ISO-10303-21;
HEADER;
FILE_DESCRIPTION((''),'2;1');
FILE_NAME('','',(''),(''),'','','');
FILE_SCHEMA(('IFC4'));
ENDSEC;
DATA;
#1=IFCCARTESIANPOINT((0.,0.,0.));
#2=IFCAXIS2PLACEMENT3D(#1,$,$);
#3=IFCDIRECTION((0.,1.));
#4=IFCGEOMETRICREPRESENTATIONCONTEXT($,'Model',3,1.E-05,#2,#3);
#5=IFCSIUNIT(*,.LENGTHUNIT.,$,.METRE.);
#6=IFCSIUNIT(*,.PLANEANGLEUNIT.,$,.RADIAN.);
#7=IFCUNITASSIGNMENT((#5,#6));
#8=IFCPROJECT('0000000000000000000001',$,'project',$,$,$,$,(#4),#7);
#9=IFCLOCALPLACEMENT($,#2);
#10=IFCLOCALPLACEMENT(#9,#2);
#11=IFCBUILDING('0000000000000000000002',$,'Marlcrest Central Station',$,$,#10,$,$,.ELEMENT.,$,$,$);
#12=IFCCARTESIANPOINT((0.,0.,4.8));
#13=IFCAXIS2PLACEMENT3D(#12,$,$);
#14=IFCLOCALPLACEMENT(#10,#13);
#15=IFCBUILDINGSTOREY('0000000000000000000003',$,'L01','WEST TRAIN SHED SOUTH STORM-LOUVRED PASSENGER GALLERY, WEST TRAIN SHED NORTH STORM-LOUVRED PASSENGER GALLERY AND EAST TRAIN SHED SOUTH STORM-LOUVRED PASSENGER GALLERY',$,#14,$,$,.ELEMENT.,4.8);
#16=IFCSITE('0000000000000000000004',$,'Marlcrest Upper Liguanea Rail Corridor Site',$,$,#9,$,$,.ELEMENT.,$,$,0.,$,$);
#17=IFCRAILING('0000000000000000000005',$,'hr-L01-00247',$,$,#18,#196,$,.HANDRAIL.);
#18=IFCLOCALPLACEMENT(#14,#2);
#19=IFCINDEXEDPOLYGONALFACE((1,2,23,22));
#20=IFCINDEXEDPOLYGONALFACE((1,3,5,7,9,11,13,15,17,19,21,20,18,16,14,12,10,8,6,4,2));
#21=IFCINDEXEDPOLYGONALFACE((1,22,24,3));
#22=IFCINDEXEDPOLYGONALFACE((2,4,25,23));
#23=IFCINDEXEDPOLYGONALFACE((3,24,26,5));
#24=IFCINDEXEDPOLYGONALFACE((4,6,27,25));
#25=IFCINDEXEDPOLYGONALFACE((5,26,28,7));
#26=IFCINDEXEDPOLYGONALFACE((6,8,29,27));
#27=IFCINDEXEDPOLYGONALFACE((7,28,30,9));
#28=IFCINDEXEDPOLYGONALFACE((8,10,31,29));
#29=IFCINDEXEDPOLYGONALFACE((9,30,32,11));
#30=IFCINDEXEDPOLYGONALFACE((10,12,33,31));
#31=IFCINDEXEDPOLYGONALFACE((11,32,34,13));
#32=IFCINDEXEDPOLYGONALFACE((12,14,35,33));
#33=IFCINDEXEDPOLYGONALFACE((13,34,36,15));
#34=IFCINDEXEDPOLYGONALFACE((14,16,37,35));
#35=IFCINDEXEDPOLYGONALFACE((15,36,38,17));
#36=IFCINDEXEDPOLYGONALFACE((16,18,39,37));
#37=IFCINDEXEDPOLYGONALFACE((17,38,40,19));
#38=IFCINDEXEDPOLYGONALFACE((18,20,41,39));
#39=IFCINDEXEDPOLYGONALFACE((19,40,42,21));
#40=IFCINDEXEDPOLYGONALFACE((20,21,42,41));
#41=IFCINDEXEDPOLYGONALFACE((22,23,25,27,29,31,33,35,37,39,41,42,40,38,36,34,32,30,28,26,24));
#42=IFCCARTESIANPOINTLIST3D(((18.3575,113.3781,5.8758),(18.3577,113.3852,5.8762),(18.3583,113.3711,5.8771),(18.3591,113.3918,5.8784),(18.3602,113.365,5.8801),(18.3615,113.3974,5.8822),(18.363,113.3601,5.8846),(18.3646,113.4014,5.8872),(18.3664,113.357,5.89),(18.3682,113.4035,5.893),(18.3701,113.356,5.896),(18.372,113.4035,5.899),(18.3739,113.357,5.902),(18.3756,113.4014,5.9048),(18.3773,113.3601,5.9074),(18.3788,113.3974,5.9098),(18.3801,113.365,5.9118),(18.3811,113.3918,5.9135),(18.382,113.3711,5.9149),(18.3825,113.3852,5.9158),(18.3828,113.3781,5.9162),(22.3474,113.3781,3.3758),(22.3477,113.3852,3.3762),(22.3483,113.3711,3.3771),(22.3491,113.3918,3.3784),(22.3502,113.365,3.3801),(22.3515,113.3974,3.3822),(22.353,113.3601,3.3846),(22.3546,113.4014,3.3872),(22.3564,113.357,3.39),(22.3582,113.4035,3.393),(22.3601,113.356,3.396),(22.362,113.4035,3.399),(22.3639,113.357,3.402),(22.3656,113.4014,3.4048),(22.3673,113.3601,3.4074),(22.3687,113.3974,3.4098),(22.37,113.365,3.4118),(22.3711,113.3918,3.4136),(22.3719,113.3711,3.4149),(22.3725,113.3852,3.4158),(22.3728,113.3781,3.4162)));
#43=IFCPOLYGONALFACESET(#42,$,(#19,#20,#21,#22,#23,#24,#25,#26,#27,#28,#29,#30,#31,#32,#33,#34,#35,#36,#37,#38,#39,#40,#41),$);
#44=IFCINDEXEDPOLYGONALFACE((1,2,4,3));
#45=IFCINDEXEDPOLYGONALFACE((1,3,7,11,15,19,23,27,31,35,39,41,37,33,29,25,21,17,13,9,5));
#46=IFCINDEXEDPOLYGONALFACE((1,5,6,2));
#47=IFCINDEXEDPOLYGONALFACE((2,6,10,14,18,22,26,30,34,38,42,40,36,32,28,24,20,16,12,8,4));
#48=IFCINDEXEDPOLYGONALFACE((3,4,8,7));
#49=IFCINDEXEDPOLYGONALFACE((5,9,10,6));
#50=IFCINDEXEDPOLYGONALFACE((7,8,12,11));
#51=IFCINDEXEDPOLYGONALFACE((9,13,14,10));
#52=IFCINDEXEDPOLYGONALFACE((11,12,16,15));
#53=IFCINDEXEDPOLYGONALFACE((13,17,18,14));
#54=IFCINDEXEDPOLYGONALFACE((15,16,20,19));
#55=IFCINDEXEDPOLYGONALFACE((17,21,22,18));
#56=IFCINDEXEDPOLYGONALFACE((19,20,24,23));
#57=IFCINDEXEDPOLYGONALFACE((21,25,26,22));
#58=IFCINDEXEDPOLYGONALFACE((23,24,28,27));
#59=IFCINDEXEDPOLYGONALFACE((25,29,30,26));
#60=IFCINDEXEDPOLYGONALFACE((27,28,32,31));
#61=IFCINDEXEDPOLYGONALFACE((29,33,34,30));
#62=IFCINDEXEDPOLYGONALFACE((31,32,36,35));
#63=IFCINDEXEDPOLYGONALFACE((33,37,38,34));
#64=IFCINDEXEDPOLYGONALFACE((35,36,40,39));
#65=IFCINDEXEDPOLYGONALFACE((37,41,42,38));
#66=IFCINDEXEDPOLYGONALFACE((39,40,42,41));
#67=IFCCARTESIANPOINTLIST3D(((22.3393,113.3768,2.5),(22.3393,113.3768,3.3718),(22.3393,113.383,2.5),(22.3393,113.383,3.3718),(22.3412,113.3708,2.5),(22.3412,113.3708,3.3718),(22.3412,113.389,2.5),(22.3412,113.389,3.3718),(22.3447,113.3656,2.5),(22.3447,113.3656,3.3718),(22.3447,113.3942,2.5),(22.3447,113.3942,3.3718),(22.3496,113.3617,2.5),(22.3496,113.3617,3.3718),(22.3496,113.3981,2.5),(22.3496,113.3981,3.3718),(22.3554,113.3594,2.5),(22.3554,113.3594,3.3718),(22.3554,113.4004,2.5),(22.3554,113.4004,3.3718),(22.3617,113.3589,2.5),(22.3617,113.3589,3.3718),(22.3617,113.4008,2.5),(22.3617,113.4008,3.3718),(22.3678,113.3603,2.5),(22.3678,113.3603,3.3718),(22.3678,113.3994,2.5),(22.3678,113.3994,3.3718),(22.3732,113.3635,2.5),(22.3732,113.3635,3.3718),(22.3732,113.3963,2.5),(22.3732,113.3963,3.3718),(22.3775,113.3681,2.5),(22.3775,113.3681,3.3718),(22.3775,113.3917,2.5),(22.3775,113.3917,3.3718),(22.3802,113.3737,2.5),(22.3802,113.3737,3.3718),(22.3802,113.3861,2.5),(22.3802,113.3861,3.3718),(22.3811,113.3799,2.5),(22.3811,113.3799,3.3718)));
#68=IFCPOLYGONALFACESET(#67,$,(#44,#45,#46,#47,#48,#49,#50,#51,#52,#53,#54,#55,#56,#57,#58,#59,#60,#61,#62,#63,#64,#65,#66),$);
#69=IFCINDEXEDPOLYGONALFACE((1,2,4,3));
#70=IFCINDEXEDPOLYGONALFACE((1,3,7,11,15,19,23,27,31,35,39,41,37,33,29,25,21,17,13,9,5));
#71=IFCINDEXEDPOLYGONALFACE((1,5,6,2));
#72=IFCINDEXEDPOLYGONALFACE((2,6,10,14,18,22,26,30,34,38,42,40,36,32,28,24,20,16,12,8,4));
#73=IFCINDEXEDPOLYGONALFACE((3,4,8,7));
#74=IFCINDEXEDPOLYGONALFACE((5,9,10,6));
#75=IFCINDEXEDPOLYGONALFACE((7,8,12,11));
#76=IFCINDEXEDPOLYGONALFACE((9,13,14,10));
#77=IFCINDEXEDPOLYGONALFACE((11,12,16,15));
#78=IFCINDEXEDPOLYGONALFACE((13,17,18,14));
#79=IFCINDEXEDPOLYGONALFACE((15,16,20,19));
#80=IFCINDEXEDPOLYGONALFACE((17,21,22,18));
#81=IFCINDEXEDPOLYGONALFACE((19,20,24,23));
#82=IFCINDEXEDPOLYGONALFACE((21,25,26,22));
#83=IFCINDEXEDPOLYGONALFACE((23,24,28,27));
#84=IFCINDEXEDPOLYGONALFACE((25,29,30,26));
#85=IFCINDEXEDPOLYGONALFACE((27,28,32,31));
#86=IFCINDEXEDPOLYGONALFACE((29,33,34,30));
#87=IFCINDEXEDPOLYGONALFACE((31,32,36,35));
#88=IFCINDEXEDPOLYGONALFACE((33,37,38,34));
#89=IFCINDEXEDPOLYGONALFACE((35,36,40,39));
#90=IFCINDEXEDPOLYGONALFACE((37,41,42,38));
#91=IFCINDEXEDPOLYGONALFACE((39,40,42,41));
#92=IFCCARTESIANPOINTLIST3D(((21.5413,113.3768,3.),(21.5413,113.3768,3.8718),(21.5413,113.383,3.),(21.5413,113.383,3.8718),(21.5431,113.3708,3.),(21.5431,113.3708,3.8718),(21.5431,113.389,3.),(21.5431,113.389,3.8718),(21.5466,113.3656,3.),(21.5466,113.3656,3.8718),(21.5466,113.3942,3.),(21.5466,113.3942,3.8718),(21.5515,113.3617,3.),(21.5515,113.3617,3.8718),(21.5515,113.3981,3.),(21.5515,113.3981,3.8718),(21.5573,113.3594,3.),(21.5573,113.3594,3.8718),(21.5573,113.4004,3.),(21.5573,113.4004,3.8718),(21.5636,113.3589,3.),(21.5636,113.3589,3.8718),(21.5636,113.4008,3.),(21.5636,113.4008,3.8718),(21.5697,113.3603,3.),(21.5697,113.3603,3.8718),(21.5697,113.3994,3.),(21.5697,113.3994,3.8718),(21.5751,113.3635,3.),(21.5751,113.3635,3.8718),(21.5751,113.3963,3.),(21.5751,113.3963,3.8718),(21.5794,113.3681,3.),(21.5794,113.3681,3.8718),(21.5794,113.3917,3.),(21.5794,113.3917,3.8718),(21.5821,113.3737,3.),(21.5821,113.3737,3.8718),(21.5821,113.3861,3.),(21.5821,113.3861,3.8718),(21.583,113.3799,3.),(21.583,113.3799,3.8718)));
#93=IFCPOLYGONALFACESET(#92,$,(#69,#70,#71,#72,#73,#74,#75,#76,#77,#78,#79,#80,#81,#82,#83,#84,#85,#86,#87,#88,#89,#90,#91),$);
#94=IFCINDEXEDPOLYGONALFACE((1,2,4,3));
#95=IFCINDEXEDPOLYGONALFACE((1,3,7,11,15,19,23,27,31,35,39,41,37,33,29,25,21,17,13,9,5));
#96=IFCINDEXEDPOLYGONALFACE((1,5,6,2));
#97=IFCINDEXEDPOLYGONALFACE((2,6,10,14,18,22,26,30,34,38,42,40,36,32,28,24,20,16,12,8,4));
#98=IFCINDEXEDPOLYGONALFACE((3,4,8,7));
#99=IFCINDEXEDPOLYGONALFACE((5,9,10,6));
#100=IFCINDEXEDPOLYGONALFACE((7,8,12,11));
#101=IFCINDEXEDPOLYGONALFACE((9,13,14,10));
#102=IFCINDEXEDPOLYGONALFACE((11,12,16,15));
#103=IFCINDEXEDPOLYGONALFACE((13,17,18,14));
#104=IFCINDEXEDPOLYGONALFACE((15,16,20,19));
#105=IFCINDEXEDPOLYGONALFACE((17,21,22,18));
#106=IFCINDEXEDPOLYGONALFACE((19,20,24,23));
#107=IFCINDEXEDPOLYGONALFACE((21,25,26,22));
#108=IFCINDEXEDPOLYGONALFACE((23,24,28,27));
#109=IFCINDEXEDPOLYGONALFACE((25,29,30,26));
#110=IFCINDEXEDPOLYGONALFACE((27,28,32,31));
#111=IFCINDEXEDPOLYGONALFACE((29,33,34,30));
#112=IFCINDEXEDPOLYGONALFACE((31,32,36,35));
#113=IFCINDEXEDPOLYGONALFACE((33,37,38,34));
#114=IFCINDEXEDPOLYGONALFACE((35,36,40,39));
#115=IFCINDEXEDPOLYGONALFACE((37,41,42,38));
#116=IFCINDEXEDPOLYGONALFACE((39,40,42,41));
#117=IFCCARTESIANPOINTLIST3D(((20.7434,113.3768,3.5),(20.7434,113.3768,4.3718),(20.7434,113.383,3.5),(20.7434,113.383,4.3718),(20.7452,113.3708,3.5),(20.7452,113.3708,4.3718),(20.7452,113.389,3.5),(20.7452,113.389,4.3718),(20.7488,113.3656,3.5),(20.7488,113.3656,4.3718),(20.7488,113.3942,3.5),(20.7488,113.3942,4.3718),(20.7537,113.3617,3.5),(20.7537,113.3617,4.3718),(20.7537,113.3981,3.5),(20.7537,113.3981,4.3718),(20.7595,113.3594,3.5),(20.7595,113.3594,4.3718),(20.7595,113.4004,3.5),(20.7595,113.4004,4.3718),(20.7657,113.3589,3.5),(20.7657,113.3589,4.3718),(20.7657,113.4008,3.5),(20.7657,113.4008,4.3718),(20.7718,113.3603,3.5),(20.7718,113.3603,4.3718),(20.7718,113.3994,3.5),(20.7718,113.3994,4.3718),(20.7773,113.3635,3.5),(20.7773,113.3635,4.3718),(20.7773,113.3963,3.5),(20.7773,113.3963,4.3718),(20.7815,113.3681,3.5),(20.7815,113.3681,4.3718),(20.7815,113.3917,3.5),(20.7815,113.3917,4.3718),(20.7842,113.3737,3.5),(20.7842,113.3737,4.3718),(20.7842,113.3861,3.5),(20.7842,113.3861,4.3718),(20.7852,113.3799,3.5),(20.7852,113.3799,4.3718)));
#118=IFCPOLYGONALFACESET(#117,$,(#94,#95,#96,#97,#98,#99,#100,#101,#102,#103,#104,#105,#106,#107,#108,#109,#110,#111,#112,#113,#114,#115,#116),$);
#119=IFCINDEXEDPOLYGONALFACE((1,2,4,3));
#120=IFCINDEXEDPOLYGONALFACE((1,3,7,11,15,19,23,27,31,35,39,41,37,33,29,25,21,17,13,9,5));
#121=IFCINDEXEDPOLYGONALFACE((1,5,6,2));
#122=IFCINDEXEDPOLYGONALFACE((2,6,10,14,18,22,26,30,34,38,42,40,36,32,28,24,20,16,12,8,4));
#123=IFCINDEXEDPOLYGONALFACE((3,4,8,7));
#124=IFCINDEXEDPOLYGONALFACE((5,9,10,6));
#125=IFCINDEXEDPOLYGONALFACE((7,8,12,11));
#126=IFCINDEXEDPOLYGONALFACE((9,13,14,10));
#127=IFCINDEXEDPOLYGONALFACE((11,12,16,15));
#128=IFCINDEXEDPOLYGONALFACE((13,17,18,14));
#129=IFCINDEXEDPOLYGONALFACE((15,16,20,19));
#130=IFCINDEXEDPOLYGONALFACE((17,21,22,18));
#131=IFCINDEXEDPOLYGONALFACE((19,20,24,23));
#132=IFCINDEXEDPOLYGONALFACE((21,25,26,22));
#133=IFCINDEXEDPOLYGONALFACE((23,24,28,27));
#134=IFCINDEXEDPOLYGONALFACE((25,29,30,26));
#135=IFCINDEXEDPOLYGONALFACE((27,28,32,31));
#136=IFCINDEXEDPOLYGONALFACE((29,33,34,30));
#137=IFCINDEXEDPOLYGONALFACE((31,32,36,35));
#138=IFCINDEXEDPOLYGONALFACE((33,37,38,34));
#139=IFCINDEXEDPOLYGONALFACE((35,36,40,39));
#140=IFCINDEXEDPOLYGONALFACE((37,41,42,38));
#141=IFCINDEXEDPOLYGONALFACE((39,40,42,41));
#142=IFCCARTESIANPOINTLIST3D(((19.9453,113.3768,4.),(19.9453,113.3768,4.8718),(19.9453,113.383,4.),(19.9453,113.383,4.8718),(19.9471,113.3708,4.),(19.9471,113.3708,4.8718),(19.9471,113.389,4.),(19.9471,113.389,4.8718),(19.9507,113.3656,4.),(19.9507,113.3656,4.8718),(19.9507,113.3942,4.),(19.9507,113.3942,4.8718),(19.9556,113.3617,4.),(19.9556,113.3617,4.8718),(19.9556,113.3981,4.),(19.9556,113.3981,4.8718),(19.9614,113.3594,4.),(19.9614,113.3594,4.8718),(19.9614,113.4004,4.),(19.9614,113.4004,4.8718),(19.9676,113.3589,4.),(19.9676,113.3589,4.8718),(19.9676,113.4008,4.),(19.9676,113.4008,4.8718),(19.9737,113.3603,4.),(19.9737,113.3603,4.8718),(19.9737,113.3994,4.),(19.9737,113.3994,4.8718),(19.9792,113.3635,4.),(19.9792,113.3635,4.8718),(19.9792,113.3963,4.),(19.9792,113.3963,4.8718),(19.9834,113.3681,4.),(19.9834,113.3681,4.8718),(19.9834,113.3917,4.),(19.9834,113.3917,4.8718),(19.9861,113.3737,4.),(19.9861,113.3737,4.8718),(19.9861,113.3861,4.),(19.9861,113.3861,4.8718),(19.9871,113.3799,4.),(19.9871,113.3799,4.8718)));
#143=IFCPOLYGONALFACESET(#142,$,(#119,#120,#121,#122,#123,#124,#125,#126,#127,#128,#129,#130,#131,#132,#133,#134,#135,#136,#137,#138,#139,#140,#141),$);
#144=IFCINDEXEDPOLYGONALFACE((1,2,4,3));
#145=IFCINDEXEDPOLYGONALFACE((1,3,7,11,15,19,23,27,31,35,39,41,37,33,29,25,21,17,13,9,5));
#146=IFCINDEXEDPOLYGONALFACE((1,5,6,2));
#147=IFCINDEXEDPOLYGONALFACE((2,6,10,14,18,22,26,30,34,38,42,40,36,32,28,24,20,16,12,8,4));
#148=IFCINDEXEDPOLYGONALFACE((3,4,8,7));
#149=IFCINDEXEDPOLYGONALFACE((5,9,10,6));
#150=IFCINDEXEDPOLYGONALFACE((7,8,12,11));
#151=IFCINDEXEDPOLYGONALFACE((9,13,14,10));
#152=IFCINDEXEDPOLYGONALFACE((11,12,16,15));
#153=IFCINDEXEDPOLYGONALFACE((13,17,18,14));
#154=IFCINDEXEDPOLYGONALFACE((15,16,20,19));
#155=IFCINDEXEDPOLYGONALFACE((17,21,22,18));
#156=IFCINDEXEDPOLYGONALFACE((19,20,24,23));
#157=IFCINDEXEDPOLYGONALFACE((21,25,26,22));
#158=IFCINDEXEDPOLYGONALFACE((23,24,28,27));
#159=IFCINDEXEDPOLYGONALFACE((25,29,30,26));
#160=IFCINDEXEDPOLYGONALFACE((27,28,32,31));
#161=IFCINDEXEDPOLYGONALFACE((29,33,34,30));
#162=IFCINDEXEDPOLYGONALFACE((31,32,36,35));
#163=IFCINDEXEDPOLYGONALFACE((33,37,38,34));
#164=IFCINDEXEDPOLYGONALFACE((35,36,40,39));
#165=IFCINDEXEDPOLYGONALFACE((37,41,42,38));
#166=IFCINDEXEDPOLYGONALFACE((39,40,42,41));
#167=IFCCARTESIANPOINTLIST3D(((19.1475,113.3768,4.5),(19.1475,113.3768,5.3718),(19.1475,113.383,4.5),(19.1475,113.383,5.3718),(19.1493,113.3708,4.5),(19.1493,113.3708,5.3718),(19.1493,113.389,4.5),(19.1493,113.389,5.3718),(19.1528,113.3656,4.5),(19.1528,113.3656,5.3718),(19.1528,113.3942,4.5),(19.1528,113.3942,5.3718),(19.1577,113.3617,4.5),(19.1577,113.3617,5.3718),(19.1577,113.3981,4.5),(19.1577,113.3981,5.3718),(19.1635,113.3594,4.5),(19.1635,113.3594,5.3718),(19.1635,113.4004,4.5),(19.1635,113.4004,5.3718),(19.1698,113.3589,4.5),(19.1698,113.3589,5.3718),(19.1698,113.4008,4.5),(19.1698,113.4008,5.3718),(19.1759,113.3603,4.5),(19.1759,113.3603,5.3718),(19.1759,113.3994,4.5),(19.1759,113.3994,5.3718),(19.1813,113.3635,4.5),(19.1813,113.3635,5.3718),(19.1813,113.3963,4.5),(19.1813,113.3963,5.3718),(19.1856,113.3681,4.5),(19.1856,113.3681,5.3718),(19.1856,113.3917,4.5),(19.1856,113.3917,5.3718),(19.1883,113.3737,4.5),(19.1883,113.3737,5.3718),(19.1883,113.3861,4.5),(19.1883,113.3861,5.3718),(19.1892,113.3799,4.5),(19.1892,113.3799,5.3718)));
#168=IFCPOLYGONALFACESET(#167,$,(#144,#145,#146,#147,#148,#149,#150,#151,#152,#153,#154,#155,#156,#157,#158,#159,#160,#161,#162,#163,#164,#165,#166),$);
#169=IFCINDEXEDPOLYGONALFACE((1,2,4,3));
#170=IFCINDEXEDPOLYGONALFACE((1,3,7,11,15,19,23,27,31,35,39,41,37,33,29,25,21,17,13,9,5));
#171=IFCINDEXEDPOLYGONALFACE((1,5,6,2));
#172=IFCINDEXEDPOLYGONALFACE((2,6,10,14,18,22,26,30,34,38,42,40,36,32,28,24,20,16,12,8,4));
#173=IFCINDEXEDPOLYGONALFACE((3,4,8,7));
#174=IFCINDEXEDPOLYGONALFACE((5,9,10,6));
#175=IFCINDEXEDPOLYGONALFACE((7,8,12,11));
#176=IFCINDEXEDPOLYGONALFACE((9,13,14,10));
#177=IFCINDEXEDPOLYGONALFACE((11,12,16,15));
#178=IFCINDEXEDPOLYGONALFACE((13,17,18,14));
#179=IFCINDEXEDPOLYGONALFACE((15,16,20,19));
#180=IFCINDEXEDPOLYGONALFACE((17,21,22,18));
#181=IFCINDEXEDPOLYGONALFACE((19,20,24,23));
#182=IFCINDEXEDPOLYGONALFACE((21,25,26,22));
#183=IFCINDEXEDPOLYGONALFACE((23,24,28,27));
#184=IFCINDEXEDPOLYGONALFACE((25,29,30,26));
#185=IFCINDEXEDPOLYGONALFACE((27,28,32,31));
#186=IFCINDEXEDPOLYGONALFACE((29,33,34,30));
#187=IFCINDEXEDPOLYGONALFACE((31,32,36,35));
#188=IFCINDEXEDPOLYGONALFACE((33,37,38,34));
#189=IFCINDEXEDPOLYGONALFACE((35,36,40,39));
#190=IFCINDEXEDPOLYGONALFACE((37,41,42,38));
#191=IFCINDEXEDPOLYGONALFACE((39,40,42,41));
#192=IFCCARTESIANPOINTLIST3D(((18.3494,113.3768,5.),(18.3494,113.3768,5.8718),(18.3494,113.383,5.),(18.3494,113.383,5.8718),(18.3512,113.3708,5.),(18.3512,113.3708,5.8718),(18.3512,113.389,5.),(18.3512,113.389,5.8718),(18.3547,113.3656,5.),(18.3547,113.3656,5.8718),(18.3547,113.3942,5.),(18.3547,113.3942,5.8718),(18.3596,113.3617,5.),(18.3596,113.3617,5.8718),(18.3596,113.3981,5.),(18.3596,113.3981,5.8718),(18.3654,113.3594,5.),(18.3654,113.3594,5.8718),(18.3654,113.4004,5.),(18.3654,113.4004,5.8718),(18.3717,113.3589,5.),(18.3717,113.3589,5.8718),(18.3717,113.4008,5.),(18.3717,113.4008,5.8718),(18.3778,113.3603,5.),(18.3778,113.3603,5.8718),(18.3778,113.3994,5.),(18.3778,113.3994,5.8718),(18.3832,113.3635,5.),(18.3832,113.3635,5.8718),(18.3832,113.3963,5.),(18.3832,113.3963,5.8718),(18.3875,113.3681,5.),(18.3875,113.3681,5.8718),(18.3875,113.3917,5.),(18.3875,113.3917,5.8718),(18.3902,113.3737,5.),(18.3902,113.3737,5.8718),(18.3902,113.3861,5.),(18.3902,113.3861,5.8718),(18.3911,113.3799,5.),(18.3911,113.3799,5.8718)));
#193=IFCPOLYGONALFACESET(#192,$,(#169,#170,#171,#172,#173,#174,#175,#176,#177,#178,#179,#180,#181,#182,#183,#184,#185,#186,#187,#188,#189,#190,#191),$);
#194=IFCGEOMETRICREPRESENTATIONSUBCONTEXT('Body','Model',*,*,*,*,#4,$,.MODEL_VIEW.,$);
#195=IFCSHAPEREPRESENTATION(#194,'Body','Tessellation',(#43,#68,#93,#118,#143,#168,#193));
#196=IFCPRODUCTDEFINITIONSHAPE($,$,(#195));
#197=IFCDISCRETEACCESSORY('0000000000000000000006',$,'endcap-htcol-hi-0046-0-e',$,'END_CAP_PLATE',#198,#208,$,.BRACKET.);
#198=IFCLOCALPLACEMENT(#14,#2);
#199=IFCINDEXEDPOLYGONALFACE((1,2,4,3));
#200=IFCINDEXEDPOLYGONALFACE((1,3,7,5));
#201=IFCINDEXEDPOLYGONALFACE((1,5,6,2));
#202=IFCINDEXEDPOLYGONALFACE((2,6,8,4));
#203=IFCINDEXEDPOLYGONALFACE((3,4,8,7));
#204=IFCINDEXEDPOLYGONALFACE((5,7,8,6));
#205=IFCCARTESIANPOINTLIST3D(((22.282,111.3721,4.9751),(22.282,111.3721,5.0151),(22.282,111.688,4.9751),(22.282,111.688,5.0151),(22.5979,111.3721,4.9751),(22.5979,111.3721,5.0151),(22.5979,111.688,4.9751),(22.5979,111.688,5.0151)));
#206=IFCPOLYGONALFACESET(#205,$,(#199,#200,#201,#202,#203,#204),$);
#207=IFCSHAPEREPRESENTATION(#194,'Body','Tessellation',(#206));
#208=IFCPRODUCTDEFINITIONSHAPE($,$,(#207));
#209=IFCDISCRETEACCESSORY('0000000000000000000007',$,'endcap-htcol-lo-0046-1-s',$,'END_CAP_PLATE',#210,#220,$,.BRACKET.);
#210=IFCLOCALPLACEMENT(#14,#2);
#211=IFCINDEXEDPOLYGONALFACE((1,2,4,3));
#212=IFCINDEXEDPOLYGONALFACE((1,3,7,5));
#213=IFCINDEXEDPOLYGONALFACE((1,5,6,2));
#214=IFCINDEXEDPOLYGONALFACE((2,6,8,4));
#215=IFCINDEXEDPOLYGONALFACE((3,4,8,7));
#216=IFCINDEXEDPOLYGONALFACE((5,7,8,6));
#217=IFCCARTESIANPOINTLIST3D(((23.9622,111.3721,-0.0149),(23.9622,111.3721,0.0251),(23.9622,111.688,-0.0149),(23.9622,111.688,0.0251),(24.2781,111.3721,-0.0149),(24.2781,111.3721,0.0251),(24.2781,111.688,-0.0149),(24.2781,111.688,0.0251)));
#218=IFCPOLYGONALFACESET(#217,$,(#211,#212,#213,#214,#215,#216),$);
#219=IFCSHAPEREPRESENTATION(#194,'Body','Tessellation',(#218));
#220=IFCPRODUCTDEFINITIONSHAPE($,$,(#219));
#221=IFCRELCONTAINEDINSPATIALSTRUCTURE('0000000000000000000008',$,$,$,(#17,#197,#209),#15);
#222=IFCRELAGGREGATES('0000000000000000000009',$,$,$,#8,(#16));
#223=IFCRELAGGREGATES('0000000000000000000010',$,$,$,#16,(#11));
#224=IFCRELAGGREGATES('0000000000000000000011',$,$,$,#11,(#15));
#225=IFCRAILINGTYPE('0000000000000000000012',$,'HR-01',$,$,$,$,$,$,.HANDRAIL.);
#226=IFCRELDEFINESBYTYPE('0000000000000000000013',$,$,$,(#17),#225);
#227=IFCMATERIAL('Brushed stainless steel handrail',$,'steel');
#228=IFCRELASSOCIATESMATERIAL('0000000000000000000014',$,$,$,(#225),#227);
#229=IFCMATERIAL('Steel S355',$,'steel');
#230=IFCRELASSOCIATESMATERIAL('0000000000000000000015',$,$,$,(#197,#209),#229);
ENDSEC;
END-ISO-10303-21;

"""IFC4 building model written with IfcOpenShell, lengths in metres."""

from ifc_helpers import new_model, si_unit, direction, frame, origin, origin_2d, place, context, subcontext, project, spatial, rectangle, circle, extrude, material, type_object, element, save


model = new_model("IFC4")

# Units and contexts
model_context = context("Model", 3, precision=1e-05, world=origin(), true_north=direction((0.0, 1.0)))
body_context = subcontext(model_context, "Body", "Model", "MODEL_VIEW")
ifc_project = project(units=[si_unit("LENGTHUNIT", "METRE"), si_unit("PLANEANGLEUNIT", "RADIAN")], contexts=[model_context])

# Site, building, storey
site_placement = place(None, origin())
site = spatial("IfcSite", under=ifc_project, at=site_placement, Name="Marlcrest Upper Liguanea Rail Corridor Site", CompositionType="ELEMENT", RefElevation=0.0)
building_placement = place(site_placement, origin())
building = spatial("IfcBuilding", under=site, at=building_placement, Name="Marlcrest Central Station", CompositionType="ELEMENT")
storey_placement = place(building_placement, frame((0.0, 0.0, 4.8)))
storey = spatial("IfcBuildingStorey", under=building, at=storey_placement, Name="L01", Description="WEST TRAIN SHED SOUTH STORM-LOUVRED PASSENGER GALLERY, WEST TRAIN SHED NORTH STORM-LOUVRED PASSENGER GALLERY AND EAST TRAIN SHED SOUTH STORM-LOUVRED PASSENGER GALLERY", CompositionType="ELEMENT", Elevation=4.8)

# Shared definitions
ifc_material_1 = material(Name="Steel S355", Category="steel")

# Railing
ifc_material_2 = material(Name="Brushed stainless steel handrail", Category="steel")
railing_type_1 = type_object("IfcRailingType", Name="HR-01", PredefinedType="HANDRAIL", material=ifc_material_2)
railing_1_placement = place(storey_placement, frame((22.3601, 113.3799, 2.5)))
element("IfcRailing", 1, at=railing_1_placement, inside=storey, type_object=railing_type_1, Name="hr-L01-00247", PredefinedType="HANDRAIL", context=body_context, shape_type="SweptSolid", body=[
    extrude(circle(Radius=0.0239, at=origin_2d()), frame((0.0, 0.0, 0.896), z_axis=(-0.847401, 0.0, 0.530954), x_axis=(0.0, -1.0, 0.0)), (0.0, 0.0, 1.0), 4.7085),
    extrude(circle(Radius=0.021, at=origin_2d()), origin(), (0.0, 0.0, 1.0), 0.8718),
    extrude(circle(Radius=0.021, at=origin_2d()), frame((-0.7981, 0.0, 0.5)), (0.0, 0.0, 1.0), 0.8718),
    extrude(circle(Radius=0.021, at=origin_2d()), frame((-1.5959, 0.0, 1.0)), (0.0, 0.0, 1.0), 0.8718),
    extrude(circle(Radius=0.021, at=origin_2d()), frame((-2.394, 0.0, 1.5)), (0.0, 0.0, 1.0), 0.8718),
    extrude(circle(Radius=0.021, at=origin_2d()), frame((-3.1919, 0.0, 2.0)), (0.0, 0.0, 1.0), 0.8718),
    extrude(circle(Radius=0.021, at=origin_2d()), frame((-3.99, 0.0, 2.5)), (0.0, 0.0, 1.0), 0.8718),
])

# Discrete accessories
for number, where, z_axis, x_axis, name in (
    (2, (22.4399, 111.53, 4.9751), (0.0, 0.0, 1.0), (1.0, 0.0, 0.0), "endcap-htcol-hi-0046-0-e"),
    (3, (24.1201, 111.53, -0.0149), (0.0, 0.0, 1.0), (1.0, 0.0, 0.0), "endcap-htcol-lo-0046-1-s"),
):
    element("IfcDiscreteAccessory", number, at=place(storey_placement, frame(where, z_axis=z_axis, x_axis=x_axis)), inside=storey, material=ifc_material_1, Name=name, ObjectType="END_CAP_PLATE", PredefinedType="BRACKET", context=body_context, shape_type="SweptSolid", body=[
        extrude(rectangle(XDim=0.3159, YDim=0.3159, at=origin_2d()), origin(), (0.0, 0.0, 1.0), 0.04),
    ])

save(model, "model.ifc")
